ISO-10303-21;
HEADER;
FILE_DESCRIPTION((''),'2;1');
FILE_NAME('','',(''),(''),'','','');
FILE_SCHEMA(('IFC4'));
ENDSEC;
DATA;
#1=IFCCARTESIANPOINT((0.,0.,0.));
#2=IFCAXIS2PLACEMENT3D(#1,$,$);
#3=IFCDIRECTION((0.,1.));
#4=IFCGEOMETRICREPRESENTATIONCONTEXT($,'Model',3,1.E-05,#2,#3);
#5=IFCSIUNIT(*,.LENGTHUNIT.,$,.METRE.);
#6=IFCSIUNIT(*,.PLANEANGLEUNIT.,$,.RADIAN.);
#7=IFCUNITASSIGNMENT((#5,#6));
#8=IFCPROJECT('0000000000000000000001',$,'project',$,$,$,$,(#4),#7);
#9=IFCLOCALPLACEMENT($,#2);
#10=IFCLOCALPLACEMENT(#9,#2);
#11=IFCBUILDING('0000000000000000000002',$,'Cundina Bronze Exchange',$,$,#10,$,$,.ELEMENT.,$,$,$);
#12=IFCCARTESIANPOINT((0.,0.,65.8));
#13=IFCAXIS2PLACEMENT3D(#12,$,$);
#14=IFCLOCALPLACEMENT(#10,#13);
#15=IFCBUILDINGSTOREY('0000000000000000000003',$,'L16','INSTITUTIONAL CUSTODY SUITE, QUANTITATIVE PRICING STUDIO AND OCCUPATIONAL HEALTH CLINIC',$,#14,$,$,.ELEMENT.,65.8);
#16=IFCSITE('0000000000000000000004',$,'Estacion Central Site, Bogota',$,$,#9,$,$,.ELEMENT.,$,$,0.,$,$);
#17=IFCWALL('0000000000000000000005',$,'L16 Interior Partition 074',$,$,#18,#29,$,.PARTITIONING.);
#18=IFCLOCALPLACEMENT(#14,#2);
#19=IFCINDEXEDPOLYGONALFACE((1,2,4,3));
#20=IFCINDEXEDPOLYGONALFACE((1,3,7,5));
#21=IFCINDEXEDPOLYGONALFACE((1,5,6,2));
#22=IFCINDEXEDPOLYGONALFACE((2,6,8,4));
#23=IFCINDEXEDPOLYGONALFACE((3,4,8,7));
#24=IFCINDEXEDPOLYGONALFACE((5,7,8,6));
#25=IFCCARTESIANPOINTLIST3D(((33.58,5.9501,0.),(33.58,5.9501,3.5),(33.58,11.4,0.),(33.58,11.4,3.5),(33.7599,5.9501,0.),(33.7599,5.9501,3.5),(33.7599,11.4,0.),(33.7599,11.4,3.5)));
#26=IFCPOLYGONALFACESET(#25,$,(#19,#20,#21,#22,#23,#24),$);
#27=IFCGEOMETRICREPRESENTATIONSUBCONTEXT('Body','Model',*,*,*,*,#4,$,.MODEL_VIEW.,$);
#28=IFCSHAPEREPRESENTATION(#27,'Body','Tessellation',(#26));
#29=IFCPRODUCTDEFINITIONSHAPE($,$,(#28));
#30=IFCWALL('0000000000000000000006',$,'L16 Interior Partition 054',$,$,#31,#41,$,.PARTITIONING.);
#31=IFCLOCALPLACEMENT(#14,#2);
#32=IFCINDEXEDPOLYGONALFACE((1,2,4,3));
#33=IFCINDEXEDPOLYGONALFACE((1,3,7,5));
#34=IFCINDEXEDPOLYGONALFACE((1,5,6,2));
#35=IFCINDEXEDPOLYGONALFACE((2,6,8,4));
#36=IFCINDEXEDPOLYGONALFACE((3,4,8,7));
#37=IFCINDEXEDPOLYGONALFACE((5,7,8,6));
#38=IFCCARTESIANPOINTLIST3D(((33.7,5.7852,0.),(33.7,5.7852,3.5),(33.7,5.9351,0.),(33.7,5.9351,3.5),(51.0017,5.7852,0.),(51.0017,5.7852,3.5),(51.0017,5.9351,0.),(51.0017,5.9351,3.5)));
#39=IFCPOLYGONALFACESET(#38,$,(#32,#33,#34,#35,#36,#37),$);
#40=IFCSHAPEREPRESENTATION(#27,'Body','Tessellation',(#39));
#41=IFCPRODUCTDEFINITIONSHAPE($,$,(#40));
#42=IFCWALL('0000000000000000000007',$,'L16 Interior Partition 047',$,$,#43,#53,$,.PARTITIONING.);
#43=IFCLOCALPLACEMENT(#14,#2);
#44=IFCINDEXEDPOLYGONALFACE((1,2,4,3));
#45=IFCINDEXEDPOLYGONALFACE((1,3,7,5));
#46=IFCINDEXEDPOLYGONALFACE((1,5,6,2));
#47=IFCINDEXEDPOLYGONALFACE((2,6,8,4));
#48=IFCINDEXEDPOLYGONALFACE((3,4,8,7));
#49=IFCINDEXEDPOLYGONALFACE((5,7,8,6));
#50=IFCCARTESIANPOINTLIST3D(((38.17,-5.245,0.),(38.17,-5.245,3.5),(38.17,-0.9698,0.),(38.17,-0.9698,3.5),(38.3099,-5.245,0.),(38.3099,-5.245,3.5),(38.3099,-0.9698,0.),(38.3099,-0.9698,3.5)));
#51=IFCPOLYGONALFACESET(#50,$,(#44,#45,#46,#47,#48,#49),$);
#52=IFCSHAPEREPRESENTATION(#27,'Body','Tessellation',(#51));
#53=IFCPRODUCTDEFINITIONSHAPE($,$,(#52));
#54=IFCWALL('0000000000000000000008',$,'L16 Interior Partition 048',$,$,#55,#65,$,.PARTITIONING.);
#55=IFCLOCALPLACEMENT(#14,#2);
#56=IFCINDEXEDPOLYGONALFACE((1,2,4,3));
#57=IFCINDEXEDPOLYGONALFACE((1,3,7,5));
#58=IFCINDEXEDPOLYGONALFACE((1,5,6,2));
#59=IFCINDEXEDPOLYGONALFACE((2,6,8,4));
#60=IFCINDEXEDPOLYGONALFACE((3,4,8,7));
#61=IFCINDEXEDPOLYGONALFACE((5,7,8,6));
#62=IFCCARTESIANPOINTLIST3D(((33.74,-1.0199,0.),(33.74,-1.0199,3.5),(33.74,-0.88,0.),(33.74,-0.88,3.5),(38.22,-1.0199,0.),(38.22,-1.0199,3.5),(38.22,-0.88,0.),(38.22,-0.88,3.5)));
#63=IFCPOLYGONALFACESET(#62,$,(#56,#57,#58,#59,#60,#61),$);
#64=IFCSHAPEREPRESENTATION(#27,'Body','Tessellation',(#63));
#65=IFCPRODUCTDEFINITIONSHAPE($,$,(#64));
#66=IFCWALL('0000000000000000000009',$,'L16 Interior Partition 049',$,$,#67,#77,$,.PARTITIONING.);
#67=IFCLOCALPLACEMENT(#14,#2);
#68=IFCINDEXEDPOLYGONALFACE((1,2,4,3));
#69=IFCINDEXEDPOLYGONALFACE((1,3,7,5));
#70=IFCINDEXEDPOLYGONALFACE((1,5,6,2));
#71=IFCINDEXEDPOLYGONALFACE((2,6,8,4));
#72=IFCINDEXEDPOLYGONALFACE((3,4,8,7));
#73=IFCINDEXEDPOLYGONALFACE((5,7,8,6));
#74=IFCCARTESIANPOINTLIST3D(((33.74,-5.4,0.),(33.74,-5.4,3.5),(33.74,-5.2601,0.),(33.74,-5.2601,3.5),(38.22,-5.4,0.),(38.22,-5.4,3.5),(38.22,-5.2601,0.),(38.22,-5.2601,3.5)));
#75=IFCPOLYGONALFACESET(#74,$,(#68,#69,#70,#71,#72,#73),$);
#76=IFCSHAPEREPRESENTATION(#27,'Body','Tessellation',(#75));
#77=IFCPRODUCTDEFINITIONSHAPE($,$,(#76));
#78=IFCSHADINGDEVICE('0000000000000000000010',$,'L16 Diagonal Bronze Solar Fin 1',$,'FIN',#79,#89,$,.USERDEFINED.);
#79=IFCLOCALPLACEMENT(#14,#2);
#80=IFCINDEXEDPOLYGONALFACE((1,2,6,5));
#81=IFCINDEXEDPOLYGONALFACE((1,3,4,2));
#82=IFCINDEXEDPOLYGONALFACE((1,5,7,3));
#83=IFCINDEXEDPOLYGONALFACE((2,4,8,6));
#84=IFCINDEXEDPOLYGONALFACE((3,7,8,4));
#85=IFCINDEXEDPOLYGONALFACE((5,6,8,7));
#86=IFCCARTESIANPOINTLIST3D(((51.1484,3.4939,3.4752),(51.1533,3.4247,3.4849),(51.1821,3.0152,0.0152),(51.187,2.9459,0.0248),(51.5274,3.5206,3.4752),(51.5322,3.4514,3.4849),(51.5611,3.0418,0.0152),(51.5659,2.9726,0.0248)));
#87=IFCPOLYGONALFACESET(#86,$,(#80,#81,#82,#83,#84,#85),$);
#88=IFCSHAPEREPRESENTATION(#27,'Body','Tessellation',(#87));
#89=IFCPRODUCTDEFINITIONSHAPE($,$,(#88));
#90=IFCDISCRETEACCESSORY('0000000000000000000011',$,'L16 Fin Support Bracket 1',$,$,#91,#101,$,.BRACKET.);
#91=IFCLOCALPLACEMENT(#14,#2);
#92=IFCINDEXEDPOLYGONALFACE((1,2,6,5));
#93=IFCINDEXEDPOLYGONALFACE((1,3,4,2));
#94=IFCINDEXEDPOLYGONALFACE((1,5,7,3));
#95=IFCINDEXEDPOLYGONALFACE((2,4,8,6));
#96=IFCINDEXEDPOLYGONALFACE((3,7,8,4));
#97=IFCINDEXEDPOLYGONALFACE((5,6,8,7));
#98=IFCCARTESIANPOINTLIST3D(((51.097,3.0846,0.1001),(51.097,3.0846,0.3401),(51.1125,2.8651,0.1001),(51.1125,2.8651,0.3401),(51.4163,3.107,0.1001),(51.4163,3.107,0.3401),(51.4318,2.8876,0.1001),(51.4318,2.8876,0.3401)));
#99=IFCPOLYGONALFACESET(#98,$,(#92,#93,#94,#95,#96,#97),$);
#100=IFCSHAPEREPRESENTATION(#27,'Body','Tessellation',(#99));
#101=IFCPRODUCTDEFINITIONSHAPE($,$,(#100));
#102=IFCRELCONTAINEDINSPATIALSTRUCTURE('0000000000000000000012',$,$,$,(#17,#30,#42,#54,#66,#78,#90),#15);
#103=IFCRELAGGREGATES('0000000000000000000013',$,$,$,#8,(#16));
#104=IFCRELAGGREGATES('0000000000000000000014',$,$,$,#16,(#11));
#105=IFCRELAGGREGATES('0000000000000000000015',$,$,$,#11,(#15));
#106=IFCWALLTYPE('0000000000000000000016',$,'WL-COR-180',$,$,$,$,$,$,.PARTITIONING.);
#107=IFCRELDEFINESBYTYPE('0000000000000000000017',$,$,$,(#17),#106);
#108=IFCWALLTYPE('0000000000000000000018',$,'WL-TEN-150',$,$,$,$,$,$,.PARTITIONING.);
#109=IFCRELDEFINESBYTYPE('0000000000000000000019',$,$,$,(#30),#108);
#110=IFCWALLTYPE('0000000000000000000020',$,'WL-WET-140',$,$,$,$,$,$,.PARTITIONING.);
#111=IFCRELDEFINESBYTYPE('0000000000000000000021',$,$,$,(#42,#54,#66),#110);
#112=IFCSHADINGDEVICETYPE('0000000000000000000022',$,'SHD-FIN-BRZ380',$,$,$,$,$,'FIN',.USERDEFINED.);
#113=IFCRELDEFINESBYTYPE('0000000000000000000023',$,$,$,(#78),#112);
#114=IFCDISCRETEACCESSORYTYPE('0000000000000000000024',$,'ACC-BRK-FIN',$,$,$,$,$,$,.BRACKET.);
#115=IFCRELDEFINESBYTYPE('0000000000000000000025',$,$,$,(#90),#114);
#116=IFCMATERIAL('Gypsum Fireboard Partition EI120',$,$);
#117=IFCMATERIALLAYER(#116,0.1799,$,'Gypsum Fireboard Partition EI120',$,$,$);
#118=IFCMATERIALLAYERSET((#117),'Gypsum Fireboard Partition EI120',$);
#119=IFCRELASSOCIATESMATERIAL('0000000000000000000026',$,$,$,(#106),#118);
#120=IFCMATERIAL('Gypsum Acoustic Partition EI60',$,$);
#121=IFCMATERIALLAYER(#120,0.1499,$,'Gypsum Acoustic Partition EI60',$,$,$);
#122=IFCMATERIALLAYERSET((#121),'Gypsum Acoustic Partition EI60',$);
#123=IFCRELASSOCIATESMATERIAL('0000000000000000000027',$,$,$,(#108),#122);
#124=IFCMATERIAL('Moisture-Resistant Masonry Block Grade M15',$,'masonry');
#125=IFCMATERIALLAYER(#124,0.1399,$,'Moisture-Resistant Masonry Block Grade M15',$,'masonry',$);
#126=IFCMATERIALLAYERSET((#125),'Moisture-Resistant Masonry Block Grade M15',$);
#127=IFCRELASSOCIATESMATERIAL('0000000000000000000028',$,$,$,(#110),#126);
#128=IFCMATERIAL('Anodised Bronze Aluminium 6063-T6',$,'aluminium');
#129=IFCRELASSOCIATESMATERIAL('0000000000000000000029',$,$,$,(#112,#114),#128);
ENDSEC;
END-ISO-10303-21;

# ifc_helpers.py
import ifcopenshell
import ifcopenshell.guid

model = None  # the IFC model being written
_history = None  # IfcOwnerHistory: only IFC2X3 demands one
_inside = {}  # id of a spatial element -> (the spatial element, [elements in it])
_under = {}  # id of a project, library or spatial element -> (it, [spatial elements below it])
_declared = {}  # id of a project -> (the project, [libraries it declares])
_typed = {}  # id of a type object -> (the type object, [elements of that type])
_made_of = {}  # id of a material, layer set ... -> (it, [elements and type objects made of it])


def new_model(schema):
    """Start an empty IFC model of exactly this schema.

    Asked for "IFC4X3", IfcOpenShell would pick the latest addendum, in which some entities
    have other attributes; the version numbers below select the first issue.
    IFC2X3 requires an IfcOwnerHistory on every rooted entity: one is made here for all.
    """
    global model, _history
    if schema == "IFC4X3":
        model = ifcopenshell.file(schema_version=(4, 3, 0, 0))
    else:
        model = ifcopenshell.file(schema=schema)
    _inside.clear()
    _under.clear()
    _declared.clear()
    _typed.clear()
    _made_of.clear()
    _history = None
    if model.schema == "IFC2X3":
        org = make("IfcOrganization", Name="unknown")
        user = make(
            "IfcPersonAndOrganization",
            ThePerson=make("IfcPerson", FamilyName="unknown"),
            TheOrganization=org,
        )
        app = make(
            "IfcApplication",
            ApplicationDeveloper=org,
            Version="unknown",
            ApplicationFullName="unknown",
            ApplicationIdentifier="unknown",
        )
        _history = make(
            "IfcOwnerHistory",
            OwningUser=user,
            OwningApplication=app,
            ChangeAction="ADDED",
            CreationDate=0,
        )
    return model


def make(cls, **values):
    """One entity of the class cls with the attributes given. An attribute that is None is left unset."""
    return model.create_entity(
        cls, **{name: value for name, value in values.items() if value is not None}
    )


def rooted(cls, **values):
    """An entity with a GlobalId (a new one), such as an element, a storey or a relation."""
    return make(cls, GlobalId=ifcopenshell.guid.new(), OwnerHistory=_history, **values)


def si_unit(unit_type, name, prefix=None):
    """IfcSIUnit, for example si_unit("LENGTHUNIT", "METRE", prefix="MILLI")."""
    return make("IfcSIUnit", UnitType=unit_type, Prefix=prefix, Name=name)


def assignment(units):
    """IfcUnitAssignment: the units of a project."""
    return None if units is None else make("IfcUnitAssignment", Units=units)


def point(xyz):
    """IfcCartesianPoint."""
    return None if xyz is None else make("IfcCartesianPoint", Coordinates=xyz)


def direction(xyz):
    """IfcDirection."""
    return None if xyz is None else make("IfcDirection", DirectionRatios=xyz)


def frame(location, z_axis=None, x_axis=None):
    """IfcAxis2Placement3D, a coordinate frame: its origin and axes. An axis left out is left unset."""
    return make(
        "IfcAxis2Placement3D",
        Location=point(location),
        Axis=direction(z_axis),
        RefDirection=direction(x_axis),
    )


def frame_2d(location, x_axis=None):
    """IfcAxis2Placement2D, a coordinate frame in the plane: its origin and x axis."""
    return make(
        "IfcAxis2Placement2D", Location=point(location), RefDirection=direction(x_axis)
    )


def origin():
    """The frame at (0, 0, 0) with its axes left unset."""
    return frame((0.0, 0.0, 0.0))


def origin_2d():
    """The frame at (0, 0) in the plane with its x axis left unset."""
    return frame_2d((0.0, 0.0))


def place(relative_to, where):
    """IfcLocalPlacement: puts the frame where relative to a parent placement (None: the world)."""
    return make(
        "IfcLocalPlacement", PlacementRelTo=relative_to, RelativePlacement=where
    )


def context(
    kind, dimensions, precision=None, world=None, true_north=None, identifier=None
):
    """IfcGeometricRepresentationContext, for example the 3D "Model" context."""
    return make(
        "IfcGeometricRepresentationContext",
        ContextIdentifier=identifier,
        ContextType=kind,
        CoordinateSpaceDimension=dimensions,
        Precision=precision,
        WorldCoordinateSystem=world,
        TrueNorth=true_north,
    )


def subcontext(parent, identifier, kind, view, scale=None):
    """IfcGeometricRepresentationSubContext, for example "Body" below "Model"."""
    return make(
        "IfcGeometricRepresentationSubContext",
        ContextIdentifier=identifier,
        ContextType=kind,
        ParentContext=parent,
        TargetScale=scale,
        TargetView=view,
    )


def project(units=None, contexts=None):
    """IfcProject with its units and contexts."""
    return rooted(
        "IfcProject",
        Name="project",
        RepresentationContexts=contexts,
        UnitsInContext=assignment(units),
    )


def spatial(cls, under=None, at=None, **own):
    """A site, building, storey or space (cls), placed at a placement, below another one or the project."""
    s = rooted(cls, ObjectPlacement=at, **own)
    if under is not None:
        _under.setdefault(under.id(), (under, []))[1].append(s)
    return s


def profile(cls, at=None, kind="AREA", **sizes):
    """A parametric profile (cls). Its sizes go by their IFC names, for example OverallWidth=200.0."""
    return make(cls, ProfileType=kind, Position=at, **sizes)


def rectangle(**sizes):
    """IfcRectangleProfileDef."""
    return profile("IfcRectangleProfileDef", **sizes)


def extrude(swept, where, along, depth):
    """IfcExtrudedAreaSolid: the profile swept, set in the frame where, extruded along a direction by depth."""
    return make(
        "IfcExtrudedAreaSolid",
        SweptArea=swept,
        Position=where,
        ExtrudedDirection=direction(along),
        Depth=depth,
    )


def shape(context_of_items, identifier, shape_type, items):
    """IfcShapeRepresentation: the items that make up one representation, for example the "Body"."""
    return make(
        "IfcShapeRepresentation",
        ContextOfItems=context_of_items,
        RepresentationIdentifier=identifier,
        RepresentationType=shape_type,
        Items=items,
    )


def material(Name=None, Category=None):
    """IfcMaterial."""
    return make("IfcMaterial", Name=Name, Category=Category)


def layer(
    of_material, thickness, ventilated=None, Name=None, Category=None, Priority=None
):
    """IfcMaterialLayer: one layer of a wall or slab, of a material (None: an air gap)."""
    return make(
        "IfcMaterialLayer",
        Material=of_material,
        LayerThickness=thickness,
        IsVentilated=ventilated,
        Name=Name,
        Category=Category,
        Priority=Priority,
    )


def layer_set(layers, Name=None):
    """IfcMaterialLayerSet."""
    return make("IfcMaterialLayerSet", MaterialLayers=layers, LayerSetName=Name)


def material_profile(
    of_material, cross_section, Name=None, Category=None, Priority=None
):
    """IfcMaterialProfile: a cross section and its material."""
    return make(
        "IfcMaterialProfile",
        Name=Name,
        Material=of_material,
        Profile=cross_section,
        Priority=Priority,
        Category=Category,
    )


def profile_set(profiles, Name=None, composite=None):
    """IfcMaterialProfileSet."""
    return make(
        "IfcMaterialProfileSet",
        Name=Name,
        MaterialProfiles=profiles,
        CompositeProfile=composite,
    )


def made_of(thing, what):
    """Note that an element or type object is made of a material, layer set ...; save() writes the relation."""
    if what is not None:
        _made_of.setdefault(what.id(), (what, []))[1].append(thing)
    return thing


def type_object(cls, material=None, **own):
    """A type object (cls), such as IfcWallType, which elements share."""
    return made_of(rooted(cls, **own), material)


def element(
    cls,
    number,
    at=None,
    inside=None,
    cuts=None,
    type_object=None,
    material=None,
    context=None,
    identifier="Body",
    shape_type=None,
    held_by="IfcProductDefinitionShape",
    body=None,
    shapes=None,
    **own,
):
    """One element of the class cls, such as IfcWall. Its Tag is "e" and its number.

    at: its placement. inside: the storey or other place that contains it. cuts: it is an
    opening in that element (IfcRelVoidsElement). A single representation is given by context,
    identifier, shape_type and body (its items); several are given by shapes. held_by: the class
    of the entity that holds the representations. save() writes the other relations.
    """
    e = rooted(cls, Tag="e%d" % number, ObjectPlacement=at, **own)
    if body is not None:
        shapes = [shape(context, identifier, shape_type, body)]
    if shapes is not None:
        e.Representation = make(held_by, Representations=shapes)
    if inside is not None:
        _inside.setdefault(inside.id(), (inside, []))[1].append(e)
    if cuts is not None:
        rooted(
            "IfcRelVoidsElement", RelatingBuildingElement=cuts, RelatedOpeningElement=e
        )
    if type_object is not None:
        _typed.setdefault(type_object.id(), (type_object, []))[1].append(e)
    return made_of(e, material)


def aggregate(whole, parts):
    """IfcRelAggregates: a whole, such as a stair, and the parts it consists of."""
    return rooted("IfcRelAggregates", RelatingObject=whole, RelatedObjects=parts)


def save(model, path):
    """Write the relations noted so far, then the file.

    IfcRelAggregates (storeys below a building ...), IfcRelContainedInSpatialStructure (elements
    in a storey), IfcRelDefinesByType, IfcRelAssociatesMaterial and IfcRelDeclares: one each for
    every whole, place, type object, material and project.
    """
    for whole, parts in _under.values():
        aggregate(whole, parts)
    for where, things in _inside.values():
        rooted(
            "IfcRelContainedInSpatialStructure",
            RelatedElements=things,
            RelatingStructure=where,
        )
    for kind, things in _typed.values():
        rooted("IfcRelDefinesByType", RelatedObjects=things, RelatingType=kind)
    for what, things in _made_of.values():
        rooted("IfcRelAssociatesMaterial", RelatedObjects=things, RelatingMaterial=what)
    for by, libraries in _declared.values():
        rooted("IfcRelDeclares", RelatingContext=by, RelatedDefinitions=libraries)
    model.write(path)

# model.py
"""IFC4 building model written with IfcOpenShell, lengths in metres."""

from ifc_helpers import new_model, si_unit, direction, frame, frame_2d, origin, origin_2d, place, context, subcontext, project, spatial, rectangle, extrude, material, layer, layer_set, material_profile, profile_set, type_object, element, save


model = new_model("IFC4")

# Units and contexts
model_context = context("Model", 3, precision=1e-05, world=origin(), true_north=direction((0.0, 1.0)))
body_context = subcontext(model_context, "Body", "Model", "MODEL_VIEW")
ifc_project = project(units=[si_unit("LENGTHUNIT", "METRE"), si_unit("PLANEANGLEUNIT", "RADIAN")], contexts=[model_context])

# Site, building, storey
site_placement = place(None, origin())
site = spatial("IfcSite", under=ifc_project, at=site_placement, Name="Estacion Central Site, Bogota", CompositionType="ELEMENT", RefElevation=0.0)
building_placement = place(site_placement, origin())
building = spatial("IfcBuilding", under=site, at=building_placement, Name="Cundina Bronze Exchange", CompositionType="ELEMENT")
storey_placement = place(building_placement, frame((0.0, 0.0, 65.8)))
storey = spatial("IfcBuildingStorey", under=building, at=storey_placement, Name="L16", Description="INSTITUTIONAL CUSTODY SUITE, QUANTITATIVE PRICING STUDIO AND OCCUPATIONAL HEALTH CLINIC", CompositionType="ELEMENT", Elevation=65.8)

# Shared definitions
ifc_material_1 = material(Name="Anodised Bronze Aluminium 6063-T6", Category="aluminium")

# Shared definitions
ifc_material_2 = material(Name="Gypsum Fireboard Partition EI120")
ifc_layer_1 = layer(ifc_material_2, 0.1799, Name="Gypsum Fireboard Partition EI120")
ifc_layer_set_1 = layer_set([ifc_layer_1], Name="Gypsum Fireboard Partition EI120")
wall_type_1 = type_object("IfcWallType", Name="WL-COR-180", PredefinedType="PARTITIONING", material=ifc_layer_set_1)

# Walls
wall_1_placement = place(storey_placement, frame((33.6699, 5.95, 0.0), z_axis=(0.0, 0.0, 1.0), x_axis=(0.0, 1.0, 0.0)))
element("IfcWall", 1, at=wall_1_placement, inside=storey, type_object=wall_type_1, Name="L16 Interior Partition 074", PredefinedType="PARTITIONING", context=body_context, shape_type="SweptSolid", body=[
    extrude(rectangle(XDim=5.45, YDim=0.1799, at=frame_2d((2.7251, 0.0))), origin(), (0.0, 0.0, 1.0), 3.5),
])
ifc_material_3 = material(Name="Gypsum Acoustic Partition EI60")
ifc_layer_2 = layer(ifc_material_3, 0.1499, Name="Gypsum Acoustic Partition EI60")
ifc_layer_set_2 = layer_set([ifc_layer_2], Name="Gypsum Acoustic Partition EI60")
wall_type_2 = type_object("IfcWallType", Name="WL-TEN-150", PredefinedType="PARTITIONING", material=ifc_layer_set_2)
wall_2_placement = place(storey_placement, frame((33.7, 5.8601, 0.0), z_axis=(0.0, 0.0, 1.0), x_axis=(1.0, 0.0, 0.0)))
element("IfcWall", 2, at=wall_2_placement, inside=storey, type_object=wall_type_2, Name="L16 Interior Partition 054", PredefinedType="PARTITIONING", context=body_context, shape_type="SweptSolid", body=[
    extrude(rectangle(XDim=17.3018, YDim=0.1499, at=frame_2d((8.6509, 0.0))), origin(), (0.0, 0.0, 1.0), 3.5),
])
ifc_material_4 = material(Name="Moisture-Resistant Masonry Block Grade M15", Category="masonry")
ifc_layer_3 = layer(ifc_material_4, 0.1399, Name="Moisture-Resistant Masonry Block Grade M15", Category="masonry")
ifc_layer_set_3 = layer_set([ifc_layer_3], Name="Moisture-Resistant Masonry Block Grade M15")
wall_type_3 = type_object("IfcWallType", Name="WL-WET-140", PredefinedType="PARTITIONING", material=ifc_layer_set_3)
wall_3_placement = place(storey_placement, frame((38.24, -5.2451, 0.0), z_axis=(0.0, 0.0, 1.0), x_axis=(0.0, 1.0, 0.0)))
element("IfcWall", 3, at=wall_3_placement, inside=storey, type_object=wall_type_3, Name="L16 Interior Partition 047", PredefinedType="PARTITIONING", context=body_context, shape_type="SweptSolid", body=[
    extrude(rectangle(XDim=4.2751, YDim=0.1399, at=frame_2d((2.1377, 0.0))), origin(), (0.0, 0.0, 1.0), 3.5),
])
for number, where, z_axis, x_axis, name in (
    (4, (33.74, -0.95, 0.0), (0.0, 0.0, 1.0), (1.0, 0.0, 0.0), "L16 Interior Partition 048"),
    (5, (33.74, -5.3301, 0.0), (0.0, 0.0, 1.0), (1.0, 0.0, 0.0), "L16 Interior Partition 049"),
):
    element("IfcWall", number, at=place(storey_placement, frame(where, z_axis=z_axis, x_axis=x_axis)), inside=storey, type_object=wall_type_3, Name=name, PredefinedType="PARTITIONING", context=body_context, shape_type="SweptSolid", body=[
        extrude(rectangle(XDim=4.48, YDim=0.1399, at=frame_2d((2.24, 0.0))), origin(), (0.0, 0.0, 1.0), 3.5),
    ])

# Shading device
ifc_material_profile_1 = material_profile(ifc_material_1, rectangle(XDim=0.0701, YDim=0.3799, at=origin_2d()), Name="FIN70X380", Category="aluminium")
ifc_profile_set_1 = profile_set([ifc_material_profile_1], Name="Anodised Bronze Aluminium 6063-T6")
shading_device_type = type_object("IfcShadingDeviceType", Name="SHD-FIN-BRZ380", ElementType="FIN", PredefinedType="USERDEFINED", material=ifc_profile_set_1)
shading_device_placement = place(storey_placement, frame((51.374, 2.9939, 0.02), z_axis=(-0.009645, 0.137059, 0.990516), x_axis=(0.069533, -0.988072, 0.137398)))
element("IfcShadingDevice", 6, at=shading_device_placement, inside=storey, type_object=shading_device_type, Name="L16 Diagonal Bronze Solar Fin 1", ObjectType="FIN", PredefinedType="USERDEFINED", context=body_context, shape_type="SweptSolid", body=[
    extrude(rectangle(XDim=0.0701, YDim=0.3799, at=origin_2d()), origin(), (0.0, 0.0, 1.0), 3.4932),
])

# Discrete accessory
discrete_accessory_type = type_object("IfcDiscreteAccessoryType", Name="ACC-BRK-FIN", PredefinedType="BRACKET", material=ifc_material_1)
discrete_accessory_placement = place(storey_placement, frame((51.2644, 2.9861, 0.1001), z_axis=(0.0, 0.0, 1.0), x_axis=(-0.070279, 0.997527, 0.0)))
element("IfcDiscreteAccessory", 7, at=discrete_accessory_placement, inside=storey, type_object=discrete_accessory_type, Name="L16 Fin Support Bracket 1", PredefinedType="BRACKET", context=body_context, shape_type="SweptSolid", body=[
    extrude(rectangle(XDim=0.22, YDim=0.3201, at=origin_2d()), origin(), (0.0, 0.0, 1.0), 0.24),
])

save(model, "model.ifc")
